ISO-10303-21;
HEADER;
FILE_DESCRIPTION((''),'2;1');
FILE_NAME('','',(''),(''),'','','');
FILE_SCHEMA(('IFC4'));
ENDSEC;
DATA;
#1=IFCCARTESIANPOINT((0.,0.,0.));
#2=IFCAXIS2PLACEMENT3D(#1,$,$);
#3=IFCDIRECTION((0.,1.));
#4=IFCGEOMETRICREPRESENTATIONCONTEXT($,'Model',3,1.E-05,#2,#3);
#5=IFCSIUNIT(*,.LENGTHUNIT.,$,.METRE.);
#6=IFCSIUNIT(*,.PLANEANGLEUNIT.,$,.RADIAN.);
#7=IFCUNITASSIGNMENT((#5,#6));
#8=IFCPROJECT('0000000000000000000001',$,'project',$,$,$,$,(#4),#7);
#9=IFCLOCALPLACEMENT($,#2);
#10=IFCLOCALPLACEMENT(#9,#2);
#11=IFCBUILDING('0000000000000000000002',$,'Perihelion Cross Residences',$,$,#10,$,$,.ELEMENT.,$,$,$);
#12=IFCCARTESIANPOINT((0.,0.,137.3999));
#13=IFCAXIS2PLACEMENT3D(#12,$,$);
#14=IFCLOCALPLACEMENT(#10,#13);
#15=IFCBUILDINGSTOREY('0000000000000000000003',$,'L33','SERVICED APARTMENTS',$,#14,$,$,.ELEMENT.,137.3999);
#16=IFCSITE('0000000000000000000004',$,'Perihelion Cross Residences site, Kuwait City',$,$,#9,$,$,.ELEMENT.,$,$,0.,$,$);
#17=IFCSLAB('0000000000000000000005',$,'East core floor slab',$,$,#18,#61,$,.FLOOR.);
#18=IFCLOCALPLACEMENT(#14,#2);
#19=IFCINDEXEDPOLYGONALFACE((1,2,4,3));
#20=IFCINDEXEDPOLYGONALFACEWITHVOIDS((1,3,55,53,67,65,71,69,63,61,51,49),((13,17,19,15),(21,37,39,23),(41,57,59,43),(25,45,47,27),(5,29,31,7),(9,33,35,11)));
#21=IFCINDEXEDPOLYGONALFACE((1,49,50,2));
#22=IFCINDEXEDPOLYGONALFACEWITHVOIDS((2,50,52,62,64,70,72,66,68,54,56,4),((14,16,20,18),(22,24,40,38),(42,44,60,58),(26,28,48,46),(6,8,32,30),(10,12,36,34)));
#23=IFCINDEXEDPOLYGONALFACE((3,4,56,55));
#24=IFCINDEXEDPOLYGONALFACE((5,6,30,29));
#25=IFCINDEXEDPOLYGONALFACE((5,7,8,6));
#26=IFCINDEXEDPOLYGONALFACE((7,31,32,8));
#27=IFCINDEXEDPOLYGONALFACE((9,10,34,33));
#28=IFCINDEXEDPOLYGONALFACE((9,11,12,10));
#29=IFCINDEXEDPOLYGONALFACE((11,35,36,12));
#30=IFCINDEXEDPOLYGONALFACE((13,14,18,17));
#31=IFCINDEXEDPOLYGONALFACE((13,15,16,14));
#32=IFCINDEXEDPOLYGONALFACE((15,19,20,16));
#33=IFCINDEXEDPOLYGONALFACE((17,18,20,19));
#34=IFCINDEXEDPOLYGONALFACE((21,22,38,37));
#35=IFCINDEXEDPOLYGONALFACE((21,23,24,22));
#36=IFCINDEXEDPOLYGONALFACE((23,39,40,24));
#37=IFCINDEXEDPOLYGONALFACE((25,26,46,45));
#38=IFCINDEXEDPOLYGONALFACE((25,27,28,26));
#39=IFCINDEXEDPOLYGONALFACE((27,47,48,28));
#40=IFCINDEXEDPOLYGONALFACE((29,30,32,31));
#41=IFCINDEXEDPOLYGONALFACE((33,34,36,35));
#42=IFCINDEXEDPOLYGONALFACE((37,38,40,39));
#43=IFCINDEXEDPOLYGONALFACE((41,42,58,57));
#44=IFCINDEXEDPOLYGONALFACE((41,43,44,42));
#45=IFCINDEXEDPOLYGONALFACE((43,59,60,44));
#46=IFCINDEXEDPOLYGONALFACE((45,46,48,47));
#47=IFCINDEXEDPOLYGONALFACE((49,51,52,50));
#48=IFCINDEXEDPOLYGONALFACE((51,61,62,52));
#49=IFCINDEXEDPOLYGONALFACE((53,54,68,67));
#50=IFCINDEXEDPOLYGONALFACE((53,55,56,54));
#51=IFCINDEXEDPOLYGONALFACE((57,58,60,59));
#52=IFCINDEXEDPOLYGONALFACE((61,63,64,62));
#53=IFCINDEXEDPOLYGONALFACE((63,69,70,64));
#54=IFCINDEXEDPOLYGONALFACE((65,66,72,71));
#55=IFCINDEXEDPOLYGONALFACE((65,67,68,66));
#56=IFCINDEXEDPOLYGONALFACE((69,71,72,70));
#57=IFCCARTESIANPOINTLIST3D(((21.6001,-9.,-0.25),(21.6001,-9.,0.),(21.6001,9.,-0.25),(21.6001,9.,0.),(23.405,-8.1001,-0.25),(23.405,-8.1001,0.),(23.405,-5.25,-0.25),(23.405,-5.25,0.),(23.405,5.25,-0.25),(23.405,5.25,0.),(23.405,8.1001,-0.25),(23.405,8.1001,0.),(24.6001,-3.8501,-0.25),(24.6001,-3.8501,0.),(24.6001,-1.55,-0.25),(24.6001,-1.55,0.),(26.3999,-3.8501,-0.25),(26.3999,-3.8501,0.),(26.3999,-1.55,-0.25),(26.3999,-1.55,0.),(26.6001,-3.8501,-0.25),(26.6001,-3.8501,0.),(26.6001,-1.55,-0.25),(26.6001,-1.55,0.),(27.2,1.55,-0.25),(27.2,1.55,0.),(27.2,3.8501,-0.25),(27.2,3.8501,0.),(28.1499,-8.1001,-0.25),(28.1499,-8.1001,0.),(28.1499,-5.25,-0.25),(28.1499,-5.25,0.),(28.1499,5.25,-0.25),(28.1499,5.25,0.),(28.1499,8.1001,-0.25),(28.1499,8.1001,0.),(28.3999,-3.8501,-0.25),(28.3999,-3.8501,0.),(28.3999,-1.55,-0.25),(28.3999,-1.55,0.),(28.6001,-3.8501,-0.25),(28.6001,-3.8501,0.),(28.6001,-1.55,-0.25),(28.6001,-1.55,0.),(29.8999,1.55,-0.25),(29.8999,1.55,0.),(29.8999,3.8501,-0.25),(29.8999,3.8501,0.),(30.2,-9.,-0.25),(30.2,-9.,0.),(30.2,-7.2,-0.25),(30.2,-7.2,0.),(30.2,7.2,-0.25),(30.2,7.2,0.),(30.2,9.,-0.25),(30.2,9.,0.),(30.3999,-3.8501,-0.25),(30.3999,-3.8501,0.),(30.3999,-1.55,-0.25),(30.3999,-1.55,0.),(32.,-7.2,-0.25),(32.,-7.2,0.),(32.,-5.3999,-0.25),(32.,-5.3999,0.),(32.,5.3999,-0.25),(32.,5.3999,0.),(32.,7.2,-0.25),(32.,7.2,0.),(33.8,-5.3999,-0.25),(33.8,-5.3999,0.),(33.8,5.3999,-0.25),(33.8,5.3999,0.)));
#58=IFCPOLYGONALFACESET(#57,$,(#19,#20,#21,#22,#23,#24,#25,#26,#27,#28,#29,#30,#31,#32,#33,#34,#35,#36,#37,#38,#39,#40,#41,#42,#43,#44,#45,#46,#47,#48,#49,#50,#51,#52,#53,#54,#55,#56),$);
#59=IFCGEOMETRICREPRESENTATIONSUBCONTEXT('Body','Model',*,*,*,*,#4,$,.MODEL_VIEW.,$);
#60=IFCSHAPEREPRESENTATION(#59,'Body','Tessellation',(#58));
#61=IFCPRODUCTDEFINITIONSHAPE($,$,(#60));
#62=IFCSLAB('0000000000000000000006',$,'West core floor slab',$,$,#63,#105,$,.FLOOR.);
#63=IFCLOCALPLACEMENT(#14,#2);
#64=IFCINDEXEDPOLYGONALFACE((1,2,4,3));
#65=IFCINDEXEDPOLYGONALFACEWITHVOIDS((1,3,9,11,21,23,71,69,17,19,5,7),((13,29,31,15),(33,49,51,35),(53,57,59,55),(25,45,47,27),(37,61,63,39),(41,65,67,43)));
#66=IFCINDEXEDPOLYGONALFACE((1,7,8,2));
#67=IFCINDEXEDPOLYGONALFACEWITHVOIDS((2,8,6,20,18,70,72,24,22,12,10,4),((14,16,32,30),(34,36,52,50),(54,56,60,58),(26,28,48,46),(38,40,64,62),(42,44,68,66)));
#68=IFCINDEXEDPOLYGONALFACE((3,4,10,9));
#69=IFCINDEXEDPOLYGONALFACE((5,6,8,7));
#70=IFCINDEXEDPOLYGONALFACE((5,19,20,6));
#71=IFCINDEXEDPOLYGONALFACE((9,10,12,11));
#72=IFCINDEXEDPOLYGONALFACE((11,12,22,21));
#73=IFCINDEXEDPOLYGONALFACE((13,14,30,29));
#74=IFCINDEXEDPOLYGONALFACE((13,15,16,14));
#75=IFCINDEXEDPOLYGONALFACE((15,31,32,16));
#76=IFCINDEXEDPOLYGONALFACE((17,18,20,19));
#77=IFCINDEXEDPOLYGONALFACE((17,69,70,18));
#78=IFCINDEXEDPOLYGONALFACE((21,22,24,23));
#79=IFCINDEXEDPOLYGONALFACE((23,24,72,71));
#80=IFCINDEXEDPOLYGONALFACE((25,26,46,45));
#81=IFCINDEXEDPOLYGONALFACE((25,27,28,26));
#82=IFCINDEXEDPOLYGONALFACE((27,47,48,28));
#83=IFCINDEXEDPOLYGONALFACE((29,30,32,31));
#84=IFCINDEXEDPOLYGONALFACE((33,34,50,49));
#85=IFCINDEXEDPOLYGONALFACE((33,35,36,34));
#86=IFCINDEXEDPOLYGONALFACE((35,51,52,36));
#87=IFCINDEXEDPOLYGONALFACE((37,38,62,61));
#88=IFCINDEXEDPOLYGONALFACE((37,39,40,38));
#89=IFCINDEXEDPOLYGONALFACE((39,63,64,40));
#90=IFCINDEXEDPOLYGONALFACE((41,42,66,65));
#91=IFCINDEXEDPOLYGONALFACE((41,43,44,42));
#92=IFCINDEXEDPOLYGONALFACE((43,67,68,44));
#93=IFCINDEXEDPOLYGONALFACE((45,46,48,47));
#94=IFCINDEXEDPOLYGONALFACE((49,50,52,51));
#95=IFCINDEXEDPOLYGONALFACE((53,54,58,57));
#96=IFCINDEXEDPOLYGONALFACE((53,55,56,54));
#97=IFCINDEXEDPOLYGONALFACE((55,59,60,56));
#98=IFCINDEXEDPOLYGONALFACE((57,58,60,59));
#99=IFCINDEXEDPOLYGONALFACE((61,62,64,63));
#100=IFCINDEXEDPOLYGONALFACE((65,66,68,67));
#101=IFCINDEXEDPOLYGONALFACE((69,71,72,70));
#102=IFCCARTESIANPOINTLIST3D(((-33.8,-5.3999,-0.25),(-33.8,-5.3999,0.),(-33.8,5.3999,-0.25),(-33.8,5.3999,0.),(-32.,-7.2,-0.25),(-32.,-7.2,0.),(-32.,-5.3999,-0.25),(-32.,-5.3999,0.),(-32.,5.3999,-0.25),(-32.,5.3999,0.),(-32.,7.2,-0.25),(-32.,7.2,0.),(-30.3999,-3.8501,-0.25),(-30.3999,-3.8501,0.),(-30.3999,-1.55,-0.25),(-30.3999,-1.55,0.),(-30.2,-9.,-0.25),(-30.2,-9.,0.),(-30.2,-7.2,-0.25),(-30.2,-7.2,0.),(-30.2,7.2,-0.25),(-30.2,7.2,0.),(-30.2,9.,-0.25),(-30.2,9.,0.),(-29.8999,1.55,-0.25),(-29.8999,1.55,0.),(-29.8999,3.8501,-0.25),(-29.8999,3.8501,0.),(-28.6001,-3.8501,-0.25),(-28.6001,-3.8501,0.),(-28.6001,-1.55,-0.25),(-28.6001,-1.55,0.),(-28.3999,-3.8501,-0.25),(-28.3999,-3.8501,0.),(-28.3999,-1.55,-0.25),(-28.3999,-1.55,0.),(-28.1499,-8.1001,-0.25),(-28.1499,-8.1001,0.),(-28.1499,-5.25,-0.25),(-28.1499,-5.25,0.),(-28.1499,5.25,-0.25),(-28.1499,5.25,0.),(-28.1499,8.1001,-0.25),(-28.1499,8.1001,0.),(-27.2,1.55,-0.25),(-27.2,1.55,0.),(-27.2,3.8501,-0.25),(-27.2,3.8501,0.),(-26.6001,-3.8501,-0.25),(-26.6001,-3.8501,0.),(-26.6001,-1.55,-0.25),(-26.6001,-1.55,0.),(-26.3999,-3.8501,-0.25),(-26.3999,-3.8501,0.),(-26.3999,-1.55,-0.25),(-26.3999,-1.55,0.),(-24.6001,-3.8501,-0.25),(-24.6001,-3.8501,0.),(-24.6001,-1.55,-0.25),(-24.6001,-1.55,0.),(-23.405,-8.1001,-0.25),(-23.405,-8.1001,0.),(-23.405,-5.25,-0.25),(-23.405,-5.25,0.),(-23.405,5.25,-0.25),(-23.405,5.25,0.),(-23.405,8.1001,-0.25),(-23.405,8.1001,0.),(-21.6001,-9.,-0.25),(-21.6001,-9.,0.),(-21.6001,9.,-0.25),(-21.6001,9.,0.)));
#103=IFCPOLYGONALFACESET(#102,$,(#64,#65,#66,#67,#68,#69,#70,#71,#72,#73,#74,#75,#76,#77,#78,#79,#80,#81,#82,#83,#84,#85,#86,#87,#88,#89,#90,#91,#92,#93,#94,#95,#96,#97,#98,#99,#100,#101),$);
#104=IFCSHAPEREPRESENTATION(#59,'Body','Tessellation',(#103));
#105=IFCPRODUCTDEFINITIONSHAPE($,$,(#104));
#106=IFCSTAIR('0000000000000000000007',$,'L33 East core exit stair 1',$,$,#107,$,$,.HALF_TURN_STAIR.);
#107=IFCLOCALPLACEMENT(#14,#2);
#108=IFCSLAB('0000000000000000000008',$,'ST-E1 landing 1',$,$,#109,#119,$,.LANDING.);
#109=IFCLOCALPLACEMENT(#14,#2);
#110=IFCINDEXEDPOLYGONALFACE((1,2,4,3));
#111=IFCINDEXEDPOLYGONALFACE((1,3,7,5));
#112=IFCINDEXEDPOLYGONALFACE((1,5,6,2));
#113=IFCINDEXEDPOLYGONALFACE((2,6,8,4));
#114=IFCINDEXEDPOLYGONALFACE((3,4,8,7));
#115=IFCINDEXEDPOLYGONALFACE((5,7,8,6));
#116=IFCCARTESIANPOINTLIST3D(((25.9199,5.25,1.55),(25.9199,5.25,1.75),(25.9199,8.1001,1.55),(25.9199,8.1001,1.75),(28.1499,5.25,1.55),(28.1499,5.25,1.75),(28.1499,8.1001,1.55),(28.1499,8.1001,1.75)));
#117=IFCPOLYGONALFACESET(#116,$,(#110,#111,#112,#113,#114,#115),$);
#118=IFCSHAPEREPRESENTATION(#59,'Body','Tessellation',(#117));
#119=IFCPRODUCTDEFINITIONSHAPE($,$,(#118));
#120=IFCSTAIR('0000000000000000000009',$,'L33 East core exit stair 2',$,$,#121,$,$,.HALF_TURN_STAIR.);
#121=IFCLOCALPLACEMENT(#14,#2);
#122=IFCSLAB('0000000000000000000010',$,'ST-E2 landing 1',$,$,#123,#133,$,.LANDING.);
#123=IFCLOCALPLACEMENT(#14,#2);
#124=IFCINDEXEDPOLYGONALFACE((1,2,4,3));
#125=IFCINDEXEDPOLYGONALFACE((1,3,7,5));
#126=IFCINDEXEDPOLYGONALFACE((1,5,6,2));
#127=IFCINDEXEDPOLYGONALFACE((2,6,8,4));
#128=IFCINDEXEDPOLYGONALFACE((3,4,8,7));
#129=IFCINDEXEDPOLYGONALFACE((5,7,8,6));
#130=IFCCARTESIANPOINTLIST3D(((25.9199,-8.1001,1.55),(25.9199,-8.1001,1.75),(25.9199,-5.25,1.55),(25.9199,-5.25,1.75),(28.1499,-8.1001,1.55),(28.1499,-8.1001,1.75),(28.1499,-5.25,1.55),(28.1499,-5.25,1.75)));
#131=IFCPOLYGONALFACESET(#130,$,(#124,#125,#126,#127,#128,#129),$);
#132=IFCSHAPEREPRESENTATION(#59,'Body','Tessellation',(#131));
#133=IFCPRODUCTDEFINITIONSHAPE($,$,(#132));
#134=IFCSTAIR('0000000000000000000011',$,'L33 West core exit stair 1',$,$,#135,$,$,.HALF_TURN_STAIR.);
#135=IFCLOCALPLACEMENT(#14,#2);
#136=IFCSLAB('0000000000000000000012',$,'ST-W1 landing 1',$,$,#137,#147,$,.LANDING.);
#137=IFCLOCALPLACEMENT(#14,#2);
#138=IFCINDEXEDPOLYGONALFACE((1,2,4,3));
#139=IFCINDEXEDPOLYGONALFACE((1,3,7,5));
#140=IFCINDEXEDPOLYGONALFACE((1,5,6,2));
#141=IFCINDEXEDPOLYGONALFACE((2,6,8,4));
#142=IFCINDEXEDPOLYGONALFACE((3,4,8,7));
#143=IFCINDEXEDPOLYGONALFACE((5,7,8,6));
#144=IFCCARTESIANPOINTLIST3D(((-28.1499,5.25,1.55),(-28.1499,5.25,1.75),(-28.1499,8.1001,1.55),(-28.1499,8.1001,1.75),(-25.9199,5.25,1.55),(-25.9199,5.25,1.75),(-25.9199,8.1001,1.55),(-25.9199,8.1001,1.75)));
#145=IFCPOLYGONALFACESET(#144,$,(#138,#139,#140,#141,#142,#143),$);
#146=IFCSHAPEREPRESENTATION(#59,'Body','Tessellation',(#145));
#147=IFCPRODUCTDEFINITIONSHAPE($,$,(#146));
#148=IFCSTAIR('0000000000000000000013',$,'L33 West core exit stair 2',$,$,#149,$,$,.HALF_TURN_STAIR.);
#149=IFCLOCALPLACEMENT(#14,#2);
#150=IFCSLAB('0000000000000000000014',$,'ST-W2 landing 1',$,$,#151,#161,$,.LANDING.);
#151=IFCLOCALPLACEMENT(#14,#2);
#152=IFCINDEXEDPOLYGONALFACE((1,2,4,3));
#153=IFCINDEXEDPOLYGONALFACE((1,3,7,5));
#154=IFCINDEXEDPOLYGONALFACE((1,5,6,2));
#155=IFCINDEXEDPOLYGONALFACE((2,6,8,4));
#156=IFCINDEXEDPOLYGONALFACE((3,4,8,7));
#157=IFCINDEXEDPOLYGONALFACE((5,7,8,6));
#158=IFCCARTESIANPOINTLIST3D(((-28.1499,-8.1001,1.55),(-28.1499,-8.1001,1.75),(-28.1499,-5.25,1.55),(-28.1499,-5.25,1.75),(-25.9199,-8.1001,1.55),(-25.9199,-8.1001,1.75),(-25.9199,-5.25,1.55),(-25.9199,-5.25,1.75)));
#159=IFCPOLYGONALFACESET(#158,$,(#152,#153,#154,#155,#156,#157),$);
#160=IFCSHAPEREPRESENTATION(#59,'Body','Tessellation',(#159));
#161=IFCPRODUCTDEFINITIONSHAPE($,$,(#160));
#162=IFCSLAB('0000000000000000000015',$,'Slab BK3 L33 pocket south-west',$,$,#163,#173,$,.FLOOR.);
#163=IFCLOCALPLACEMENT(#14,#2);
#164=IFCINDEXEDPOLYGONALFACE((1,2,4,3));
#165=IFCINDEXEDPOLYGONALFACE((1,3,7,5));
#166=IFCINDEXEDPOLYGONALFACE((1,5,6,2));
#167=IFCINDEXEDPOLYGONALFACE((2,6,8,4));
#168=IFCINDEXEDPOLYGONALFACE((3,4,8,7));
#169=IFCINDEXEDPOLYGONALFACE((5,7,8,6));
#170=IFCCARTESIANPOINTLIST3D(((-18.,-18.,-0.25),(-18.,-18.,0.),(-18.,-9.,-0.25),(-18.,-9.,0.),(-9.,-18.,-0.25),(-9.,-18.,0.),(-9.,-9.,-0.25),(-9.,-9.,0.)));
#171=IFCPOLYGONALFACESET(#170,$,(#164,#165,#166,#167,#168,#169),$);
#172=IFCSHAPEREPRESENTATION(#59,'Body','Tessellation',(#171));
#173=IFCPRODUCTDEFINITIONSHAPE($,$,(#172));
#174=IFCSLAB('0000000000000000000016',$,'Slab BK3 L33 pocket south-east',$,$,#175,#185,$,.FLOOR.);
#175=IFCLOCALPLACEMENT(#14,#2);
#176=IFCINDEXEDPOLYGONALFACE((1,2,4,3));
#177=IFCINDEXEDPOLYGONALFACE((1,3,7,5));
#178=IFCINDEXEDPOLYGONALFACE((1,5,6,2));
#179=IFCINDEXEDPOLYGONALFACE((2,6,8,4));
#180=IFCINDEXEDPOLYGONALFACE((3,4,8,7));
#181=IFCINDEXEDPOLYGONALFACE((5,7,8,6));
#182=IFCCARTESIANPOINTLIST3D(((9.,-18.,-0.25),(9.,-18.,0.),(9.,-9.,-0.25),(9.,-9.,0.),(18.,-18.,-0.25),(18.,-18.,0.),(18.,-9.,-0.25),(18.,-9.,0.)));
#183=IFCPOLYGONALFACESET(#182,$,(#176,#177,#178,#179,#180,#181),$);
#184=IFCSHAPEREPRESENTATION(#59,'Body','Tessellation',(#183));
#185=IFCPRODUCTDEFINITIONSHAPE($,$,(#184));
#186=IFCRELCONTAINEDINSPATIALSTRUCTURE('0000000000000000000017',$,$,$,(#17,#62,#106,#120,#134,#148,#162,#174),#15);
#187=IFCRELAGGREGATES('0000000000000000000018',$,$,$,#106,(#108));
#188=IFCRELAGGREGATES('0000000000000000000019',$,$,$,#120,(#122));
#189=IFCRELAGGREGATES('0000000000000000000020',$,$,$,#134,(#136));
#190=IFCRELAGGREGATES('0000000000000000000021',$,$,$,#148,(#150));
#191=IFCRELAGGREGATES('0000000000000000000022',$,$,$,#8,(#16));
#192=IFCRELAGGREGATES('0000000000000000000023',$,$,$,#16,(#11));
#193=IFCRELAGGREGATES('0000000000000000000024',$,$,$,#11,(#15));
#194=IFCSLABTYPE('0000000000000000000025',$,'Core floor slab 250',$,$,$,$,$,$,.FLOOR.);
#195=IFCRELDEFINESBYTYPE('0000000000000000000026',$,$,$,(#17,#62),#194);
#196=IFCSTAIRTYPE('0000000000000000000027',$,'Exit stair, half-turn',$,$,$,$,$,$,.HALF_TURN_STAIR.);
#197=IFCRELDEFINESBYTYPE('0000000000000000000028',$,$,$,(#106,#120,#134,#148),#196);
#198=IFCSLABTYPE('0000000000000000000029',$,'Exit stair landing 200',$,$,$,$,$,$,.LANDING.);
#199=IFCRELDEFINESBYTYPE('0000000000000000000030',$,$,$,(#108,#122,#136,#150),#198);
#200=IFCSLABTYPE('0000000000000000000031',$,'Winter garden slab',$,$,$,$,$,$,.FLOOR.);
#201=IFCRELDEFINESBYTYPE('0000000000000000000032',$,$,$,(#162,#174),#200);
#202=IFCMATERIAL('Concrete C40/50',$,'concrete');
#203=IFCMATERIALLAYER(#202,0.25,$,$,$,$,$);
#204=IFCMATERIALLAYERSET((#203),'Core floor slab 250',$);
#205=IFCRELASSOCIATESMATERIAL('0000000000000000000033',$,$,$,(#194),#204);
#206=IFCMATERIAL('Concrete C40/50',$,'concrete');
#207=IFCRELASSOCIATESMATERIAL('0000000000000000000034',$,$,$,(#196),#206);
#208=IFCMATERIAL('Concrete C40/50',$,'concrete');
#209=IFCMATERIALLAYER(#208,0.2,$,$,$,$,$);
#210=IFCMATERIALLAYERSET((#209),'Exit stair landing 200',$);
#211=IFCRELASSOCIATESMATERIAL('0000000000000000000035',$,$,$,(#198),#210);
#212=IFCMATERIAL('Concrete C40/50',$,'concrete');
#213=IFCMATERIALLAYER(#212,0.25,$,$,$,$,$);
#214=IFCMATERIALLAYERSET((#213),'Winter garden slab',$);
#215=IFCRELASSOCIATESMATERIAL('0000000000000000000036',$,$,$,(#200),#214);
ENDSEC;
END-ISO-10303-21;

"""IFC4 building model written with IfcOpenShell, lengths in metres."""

from ifc_helpers import new_model, si_unit, direction, frame, origin, place, context, subcontext, project, spatial, polyline, outline, extrude, material, layer, layer_set, type_object, element, aggregate, save


model = new_model("IFC4")

# Units and contexts
model_context = context("Model", 3, precision=1e-05, world=origin(), true_north=direction((0.0, 1.0)))
body_context = subcontext(model_context, "Body", "Model", "MODEL_VIEW")
ifc_project = project(units=[si_unit("LENGTHUNIT", "METRE"), si_unit("PLANEANGLEUNIT", "RADIAN")], contexts=[model_context])

# Site, building, storey
site_placement = place(None, origin())
site = spatial("IfcSite", under=ifc_project, at=site_placement, Name="Perihelion Cross Residences site, Kuwait City", CompositionType="ELEMENT", RefElevation=0.0)
building_placement = place(site_placement, origin())
building = spatial("IfcBuilding", under=site, at=building_placement, Name="Perihelion Cross Residences", CompositionType="ELEMENT")
storey_placement = place(building_placement, frame((0.0, 0.0, 137.3999)))
storey = spatial("IfcBuildingStorey", under=building, at=storey_placement, Name="L33", Description="SERVICED APARTMENTS", CompositionType="ELEMENT", Elevation=137.3999)

# Slabs
ifc_material_1 = material(Name="Concrete C40/50", Category="concrete")
ifc_layer_1 = layer(ifc_material_1, 0.25)
ifc_layer_set_1 = layer_set([ifc_layer_1], Name="Core floor slab 250")
slab_type_1 = type_object("IfcSlabType", Name="Core floor slab 250", PredefinedType="FLOOR", material=ifc_layer_set_1)
slab_1_placement = place(storey_placement, frame((0.0, 0.0, -0.25)))
element("IfcSlab", 1, at=slab_1_placement, inside=storey, type_object=slab_type_1, Name="East core floor slab", PredefinedType="FLOOR", context=body_context, shape_type="SweptSolid", body=[
    extrude(outline(polyline([(30.2, 7.2), (32.0, 7.2), (32.0, 5.3999), (33.8, 5.3999), (33.8, -5.3999), (32.0, -5.3999), (32.0, -7.2), (30.2, -7.2), (30.2, -9.0), (21.6001, -9.0), (21.6001, 9.0), (30.2, 9.0), (30.2, 7.2)]), holes=[polyline([(28.1499, -8.1001), (28.1499, -5.25), (23.405, -5.25), (23.405, -8.1001), (28.1499, -8.1001)]), polyline([(24.6001, -1.55), (24.6001, -3.8501), (26.3999, -3.8501), (26.3999, -1.55), (24.6001, -1.55)]), polyline([(26.6001, -1.55), (26.6001, -3.8501), (28.3999, -3.8501), (28.3999, -1.55), (26.6001, -1.55)]), polyline([(28.6001, -3.8501), (30.3999, -3.8501), (30.3999, -1.55), (28.6001, -1.55), (28.6001, -3.8501)]), polyline([(27.2, 3.8501), (27.2, 1.55), (29.8999, 1.55), (29.8999, 3.8501), (27.2, 3.8501)]), polyline([(23.405, 5.25), (28.1499, 5.25), (28.1499, 8.1001), (23.405, 8.1001), (23.405, 5.25)])]), origin(), (0.0, 0.0, 1.0), 0.25),
])
slab_2_placement = place(storey_placement, frame((0.0, 0.0, -0.25)))
element("IfcSlab", 2, at=slab_2_placement, inside=storey, type_object=slab_type_1, Name="West core floor slab", PredefinedType="FLOOR", context=body_context, shape_type="SweptSolid", body=[
    extrude(outline(polyline([(-30.2, 7.2), (-32.0, 7.2), (-32.0, 5.3999), (-33.8, 5.3999), (-33.8, -5.3999), (-32.0, -5.3999), (-32.0, -7.2), (-30.2, -7.2), (-30.2, -9.0), (-21.6001, -9.0), (-21.6001, 9.0), (-30.2, 9.0), (-30.2, 7.2)]), holes=[polyline([(-28.1499, -8.1001), (-28.1499, -5.25), (-23.405, -5.25), (-23.405, -8.1001), (-28.1499, -8.1001)]), polyline([(-24.6001, -1.55), (-24.6001, -3.8501), (-26.3999, -3.8501), (-26.3999, -1.55), (-24.6001, -1.55)]), polyline([(-26.6001, -1.55), (-26.6001, -3.8501), (-28.3999, -3.8501), (-28.3999, -1.55), (-26.6001, -1.55)]), polyline([(-28.6001, -3.8501), (-30.3999, -3.8501), (-30.3999, -1.55), (-28.6001, -1.55), (-28.6001, -3.8501)]), polyline([(-27.2, 3.8501), (-27.2, 1.55), (-29.8999, 1.55), (-29.8999, 3.8501), (-27.2, 3.8501)]), polyline([(-23.405, 5.25), (-28.1499, 5.25), (-28.1499, 8.1001), (-23.405, 8.1001), (-23.405, 5.25)])]), origin(), (0.0, 0.0, 1.0), 0.25),
])

# Stairs, slabs
ifc_material_2 = material(Name="Concrete C40/50", Category="concrete")
stair_type = type_object("IfcStairType", Name="Exit stair, half-turn", PredefinedType="HALF_TURN_STAIR", material=ifc_material_2)
stair_1_placement = place(storey_placement, origin())
stair_1 = element("IfcStair", 3, at=stair_1_placement, inside=storey, type_object=stair_type, Name="L33 East core exit stair 1", PredefinedType="HALF_TURN_STAIR")
ifc_material_3 = material(Name="Concrete C40/50", Category="concrete")
ifc_layer_2 = layer(ifc_material_3, 0.2)
ifc_layer_set_2 = layer_set([ifc_layer_2], Name="Exit stair landing 200")
slab_type_2 = type_object("IfcSlabType", Name="Exit stair landing 200", PredefinedType="LANDING", material=ifc_layer_set_2)
slab_3_placement = place(storey_placement, frame((0.0, 0.0, 1.55)))
slab_3 = element("IfcSlab", 4, at=slab_3_placement, type_object=slab_type_2, Name="ST-E1 landing 1", PredefinedType="LANDING", context=body_context, shape_type="SweptSolid", body=[
    extrude(outline(polyline([(25.9199, 5.25), (28.1499, 5.25), (28.1499, 8.1001), (25.9199, 8.1001), (25.9199, 5.25)])), origin(), (0.0, 0.0, 1.0), 0.2),
])
aggregate(stair_1, [slab_3])
stair_2_placement = place(storey_placement, origin())
stair_2 = element("IfcStair", 5, at=stair_2_placement, inside=storey, type_object=stair_type, Name="L33 East core exit stair 2", PredefinedType="HALF_TURN_STAIR")
slab_4_placement = place(storey_placement, frame((0.0, 0.0, 1.55)))
slab_4 = element("IfcSlab", 6, at=slab_4_placement, type_object=slab_type_2, Name="ST-E2 landing 1", PredefinedType="LANDING", context=body_context, shape_type="SweptSolid", body=[
    extrude(outline(polyline([(25.9199, -8.1001), (28.1499, -8.1001), (28.1499, -5.25), (25.9199, -5.25), (25.9199, -8.1001)])), origin(), (0.0, 0.0, 1.0), 0.2),
])
aggregate(stair_2, [slab_4])
stair_3_placement = place(storey_placement, origin())
stair_3 = element("IfcStair", 7, at=stair_3_placement, inside=storey, type_object=stair_type, Name="L33 West core exit stair 1", PredefinedType="HALF_TURN_STAIR")
slab_5_placement = place(storey_placement, frame((0.0, 0.0, 1.55)))
slab_5 = element("IfcSlab", 8, at=slab_5_placement, type_object=slab_type_2, Name="ST-W1 landing 1", PredefinedType="LANDING", context=body_context, shape_type="SweptSolid", body=[
    extrude(outline(polyline([(-25.9199, 8.1001), (-28.1499, 8.1001), (-28.1499, 5.25), (-25.9199, 5.25), (-25.9199, 8.1001)])), origin(), (0.0, 0.0, 1.0), 0.2),
])
aggregate(stair_3, [slab_5])
stair_4_placement = place(storey_placement, origin())
stair_4 = element("IfcStair", 9, at=stair_4_placement, inside=storey, type_object=stair_type, Name="L33 West core exit stair 2", PredefinedType="HALF_TURN_STAIR")
slab_6_placement = place(storey_placement, frame((0.0, 0.0, 1.55)))
slab_6 = element("IfcSlab", 10, at=slab_6_placement, type_object=slab_type_2, Name="ST-W2 landing 1", PredefinedType="LANDING", context=body_context, shape_type="SweptSolid", body=[
    extrude(outline(polyline([(-25.9199, -5.25), (-28.1499, -5.25), (-28.1499, -8.1001), (-25.9199, -8.1001), (-25.9199, -5.25)])), origin(), (0.0, 0.0, 1.0), 0.2),
])
aggregate(stair_4, [slab_6])

# Slabs
ifc_material_4 = material(Name="Concrete C40/50", Category="concrete")
ifc_layer_3 = layer(ifc_material_4, 0.25)
ifc_layer_set_3 = layer_set([ifc_layer_3], Name="Winter garden slab")
slab_type_3 = type_object("IfcSlabType", Name="Winter garden slab", PredefinedType="FLOOR", material=ifc_layer_set_3)
slab_7_placement = place(storey_placement, frame((0.0, 0.0, -0.25)))
element("IfcSlab", 11, at=slab_7_placement, inside=storey, type_object=slab_type_3, Name="Slab BK3 L33 pocket south-west", PredefinedType="FLOOR", context=body_context, shape_type="SweptSolid", body=[
    extrude(outline(polyline([(-9.0, -18.0), (-9.0, -9.0), (-18.0, -9.0), (-18.0, -18.0), (-9.0, -18.0)])), origin(), (0.0, 0.0, 1.0), 0.25),
])
slab_8_placement = place(storey_placement, frame((0.0, 0.0, -0.25)))
element("IfcSlab", 12, at=slab_8_placement, inside=storey, type_object=slab_type_3, Name="Slab BK3 L33 pocket south-east", PredefinedType="FLOOR", context=body_context, shape_type="SweptSolid", body=[
    extrude(outline(polyline([(18.0, -18.0), (18.0, -9.0), (9.0, -9.0), (9.0, -18.0), (18.0, -18.0)])), origin(), (0.0, 0.0, 1.0), 0.25),
])

save(model, "model.ifc")
